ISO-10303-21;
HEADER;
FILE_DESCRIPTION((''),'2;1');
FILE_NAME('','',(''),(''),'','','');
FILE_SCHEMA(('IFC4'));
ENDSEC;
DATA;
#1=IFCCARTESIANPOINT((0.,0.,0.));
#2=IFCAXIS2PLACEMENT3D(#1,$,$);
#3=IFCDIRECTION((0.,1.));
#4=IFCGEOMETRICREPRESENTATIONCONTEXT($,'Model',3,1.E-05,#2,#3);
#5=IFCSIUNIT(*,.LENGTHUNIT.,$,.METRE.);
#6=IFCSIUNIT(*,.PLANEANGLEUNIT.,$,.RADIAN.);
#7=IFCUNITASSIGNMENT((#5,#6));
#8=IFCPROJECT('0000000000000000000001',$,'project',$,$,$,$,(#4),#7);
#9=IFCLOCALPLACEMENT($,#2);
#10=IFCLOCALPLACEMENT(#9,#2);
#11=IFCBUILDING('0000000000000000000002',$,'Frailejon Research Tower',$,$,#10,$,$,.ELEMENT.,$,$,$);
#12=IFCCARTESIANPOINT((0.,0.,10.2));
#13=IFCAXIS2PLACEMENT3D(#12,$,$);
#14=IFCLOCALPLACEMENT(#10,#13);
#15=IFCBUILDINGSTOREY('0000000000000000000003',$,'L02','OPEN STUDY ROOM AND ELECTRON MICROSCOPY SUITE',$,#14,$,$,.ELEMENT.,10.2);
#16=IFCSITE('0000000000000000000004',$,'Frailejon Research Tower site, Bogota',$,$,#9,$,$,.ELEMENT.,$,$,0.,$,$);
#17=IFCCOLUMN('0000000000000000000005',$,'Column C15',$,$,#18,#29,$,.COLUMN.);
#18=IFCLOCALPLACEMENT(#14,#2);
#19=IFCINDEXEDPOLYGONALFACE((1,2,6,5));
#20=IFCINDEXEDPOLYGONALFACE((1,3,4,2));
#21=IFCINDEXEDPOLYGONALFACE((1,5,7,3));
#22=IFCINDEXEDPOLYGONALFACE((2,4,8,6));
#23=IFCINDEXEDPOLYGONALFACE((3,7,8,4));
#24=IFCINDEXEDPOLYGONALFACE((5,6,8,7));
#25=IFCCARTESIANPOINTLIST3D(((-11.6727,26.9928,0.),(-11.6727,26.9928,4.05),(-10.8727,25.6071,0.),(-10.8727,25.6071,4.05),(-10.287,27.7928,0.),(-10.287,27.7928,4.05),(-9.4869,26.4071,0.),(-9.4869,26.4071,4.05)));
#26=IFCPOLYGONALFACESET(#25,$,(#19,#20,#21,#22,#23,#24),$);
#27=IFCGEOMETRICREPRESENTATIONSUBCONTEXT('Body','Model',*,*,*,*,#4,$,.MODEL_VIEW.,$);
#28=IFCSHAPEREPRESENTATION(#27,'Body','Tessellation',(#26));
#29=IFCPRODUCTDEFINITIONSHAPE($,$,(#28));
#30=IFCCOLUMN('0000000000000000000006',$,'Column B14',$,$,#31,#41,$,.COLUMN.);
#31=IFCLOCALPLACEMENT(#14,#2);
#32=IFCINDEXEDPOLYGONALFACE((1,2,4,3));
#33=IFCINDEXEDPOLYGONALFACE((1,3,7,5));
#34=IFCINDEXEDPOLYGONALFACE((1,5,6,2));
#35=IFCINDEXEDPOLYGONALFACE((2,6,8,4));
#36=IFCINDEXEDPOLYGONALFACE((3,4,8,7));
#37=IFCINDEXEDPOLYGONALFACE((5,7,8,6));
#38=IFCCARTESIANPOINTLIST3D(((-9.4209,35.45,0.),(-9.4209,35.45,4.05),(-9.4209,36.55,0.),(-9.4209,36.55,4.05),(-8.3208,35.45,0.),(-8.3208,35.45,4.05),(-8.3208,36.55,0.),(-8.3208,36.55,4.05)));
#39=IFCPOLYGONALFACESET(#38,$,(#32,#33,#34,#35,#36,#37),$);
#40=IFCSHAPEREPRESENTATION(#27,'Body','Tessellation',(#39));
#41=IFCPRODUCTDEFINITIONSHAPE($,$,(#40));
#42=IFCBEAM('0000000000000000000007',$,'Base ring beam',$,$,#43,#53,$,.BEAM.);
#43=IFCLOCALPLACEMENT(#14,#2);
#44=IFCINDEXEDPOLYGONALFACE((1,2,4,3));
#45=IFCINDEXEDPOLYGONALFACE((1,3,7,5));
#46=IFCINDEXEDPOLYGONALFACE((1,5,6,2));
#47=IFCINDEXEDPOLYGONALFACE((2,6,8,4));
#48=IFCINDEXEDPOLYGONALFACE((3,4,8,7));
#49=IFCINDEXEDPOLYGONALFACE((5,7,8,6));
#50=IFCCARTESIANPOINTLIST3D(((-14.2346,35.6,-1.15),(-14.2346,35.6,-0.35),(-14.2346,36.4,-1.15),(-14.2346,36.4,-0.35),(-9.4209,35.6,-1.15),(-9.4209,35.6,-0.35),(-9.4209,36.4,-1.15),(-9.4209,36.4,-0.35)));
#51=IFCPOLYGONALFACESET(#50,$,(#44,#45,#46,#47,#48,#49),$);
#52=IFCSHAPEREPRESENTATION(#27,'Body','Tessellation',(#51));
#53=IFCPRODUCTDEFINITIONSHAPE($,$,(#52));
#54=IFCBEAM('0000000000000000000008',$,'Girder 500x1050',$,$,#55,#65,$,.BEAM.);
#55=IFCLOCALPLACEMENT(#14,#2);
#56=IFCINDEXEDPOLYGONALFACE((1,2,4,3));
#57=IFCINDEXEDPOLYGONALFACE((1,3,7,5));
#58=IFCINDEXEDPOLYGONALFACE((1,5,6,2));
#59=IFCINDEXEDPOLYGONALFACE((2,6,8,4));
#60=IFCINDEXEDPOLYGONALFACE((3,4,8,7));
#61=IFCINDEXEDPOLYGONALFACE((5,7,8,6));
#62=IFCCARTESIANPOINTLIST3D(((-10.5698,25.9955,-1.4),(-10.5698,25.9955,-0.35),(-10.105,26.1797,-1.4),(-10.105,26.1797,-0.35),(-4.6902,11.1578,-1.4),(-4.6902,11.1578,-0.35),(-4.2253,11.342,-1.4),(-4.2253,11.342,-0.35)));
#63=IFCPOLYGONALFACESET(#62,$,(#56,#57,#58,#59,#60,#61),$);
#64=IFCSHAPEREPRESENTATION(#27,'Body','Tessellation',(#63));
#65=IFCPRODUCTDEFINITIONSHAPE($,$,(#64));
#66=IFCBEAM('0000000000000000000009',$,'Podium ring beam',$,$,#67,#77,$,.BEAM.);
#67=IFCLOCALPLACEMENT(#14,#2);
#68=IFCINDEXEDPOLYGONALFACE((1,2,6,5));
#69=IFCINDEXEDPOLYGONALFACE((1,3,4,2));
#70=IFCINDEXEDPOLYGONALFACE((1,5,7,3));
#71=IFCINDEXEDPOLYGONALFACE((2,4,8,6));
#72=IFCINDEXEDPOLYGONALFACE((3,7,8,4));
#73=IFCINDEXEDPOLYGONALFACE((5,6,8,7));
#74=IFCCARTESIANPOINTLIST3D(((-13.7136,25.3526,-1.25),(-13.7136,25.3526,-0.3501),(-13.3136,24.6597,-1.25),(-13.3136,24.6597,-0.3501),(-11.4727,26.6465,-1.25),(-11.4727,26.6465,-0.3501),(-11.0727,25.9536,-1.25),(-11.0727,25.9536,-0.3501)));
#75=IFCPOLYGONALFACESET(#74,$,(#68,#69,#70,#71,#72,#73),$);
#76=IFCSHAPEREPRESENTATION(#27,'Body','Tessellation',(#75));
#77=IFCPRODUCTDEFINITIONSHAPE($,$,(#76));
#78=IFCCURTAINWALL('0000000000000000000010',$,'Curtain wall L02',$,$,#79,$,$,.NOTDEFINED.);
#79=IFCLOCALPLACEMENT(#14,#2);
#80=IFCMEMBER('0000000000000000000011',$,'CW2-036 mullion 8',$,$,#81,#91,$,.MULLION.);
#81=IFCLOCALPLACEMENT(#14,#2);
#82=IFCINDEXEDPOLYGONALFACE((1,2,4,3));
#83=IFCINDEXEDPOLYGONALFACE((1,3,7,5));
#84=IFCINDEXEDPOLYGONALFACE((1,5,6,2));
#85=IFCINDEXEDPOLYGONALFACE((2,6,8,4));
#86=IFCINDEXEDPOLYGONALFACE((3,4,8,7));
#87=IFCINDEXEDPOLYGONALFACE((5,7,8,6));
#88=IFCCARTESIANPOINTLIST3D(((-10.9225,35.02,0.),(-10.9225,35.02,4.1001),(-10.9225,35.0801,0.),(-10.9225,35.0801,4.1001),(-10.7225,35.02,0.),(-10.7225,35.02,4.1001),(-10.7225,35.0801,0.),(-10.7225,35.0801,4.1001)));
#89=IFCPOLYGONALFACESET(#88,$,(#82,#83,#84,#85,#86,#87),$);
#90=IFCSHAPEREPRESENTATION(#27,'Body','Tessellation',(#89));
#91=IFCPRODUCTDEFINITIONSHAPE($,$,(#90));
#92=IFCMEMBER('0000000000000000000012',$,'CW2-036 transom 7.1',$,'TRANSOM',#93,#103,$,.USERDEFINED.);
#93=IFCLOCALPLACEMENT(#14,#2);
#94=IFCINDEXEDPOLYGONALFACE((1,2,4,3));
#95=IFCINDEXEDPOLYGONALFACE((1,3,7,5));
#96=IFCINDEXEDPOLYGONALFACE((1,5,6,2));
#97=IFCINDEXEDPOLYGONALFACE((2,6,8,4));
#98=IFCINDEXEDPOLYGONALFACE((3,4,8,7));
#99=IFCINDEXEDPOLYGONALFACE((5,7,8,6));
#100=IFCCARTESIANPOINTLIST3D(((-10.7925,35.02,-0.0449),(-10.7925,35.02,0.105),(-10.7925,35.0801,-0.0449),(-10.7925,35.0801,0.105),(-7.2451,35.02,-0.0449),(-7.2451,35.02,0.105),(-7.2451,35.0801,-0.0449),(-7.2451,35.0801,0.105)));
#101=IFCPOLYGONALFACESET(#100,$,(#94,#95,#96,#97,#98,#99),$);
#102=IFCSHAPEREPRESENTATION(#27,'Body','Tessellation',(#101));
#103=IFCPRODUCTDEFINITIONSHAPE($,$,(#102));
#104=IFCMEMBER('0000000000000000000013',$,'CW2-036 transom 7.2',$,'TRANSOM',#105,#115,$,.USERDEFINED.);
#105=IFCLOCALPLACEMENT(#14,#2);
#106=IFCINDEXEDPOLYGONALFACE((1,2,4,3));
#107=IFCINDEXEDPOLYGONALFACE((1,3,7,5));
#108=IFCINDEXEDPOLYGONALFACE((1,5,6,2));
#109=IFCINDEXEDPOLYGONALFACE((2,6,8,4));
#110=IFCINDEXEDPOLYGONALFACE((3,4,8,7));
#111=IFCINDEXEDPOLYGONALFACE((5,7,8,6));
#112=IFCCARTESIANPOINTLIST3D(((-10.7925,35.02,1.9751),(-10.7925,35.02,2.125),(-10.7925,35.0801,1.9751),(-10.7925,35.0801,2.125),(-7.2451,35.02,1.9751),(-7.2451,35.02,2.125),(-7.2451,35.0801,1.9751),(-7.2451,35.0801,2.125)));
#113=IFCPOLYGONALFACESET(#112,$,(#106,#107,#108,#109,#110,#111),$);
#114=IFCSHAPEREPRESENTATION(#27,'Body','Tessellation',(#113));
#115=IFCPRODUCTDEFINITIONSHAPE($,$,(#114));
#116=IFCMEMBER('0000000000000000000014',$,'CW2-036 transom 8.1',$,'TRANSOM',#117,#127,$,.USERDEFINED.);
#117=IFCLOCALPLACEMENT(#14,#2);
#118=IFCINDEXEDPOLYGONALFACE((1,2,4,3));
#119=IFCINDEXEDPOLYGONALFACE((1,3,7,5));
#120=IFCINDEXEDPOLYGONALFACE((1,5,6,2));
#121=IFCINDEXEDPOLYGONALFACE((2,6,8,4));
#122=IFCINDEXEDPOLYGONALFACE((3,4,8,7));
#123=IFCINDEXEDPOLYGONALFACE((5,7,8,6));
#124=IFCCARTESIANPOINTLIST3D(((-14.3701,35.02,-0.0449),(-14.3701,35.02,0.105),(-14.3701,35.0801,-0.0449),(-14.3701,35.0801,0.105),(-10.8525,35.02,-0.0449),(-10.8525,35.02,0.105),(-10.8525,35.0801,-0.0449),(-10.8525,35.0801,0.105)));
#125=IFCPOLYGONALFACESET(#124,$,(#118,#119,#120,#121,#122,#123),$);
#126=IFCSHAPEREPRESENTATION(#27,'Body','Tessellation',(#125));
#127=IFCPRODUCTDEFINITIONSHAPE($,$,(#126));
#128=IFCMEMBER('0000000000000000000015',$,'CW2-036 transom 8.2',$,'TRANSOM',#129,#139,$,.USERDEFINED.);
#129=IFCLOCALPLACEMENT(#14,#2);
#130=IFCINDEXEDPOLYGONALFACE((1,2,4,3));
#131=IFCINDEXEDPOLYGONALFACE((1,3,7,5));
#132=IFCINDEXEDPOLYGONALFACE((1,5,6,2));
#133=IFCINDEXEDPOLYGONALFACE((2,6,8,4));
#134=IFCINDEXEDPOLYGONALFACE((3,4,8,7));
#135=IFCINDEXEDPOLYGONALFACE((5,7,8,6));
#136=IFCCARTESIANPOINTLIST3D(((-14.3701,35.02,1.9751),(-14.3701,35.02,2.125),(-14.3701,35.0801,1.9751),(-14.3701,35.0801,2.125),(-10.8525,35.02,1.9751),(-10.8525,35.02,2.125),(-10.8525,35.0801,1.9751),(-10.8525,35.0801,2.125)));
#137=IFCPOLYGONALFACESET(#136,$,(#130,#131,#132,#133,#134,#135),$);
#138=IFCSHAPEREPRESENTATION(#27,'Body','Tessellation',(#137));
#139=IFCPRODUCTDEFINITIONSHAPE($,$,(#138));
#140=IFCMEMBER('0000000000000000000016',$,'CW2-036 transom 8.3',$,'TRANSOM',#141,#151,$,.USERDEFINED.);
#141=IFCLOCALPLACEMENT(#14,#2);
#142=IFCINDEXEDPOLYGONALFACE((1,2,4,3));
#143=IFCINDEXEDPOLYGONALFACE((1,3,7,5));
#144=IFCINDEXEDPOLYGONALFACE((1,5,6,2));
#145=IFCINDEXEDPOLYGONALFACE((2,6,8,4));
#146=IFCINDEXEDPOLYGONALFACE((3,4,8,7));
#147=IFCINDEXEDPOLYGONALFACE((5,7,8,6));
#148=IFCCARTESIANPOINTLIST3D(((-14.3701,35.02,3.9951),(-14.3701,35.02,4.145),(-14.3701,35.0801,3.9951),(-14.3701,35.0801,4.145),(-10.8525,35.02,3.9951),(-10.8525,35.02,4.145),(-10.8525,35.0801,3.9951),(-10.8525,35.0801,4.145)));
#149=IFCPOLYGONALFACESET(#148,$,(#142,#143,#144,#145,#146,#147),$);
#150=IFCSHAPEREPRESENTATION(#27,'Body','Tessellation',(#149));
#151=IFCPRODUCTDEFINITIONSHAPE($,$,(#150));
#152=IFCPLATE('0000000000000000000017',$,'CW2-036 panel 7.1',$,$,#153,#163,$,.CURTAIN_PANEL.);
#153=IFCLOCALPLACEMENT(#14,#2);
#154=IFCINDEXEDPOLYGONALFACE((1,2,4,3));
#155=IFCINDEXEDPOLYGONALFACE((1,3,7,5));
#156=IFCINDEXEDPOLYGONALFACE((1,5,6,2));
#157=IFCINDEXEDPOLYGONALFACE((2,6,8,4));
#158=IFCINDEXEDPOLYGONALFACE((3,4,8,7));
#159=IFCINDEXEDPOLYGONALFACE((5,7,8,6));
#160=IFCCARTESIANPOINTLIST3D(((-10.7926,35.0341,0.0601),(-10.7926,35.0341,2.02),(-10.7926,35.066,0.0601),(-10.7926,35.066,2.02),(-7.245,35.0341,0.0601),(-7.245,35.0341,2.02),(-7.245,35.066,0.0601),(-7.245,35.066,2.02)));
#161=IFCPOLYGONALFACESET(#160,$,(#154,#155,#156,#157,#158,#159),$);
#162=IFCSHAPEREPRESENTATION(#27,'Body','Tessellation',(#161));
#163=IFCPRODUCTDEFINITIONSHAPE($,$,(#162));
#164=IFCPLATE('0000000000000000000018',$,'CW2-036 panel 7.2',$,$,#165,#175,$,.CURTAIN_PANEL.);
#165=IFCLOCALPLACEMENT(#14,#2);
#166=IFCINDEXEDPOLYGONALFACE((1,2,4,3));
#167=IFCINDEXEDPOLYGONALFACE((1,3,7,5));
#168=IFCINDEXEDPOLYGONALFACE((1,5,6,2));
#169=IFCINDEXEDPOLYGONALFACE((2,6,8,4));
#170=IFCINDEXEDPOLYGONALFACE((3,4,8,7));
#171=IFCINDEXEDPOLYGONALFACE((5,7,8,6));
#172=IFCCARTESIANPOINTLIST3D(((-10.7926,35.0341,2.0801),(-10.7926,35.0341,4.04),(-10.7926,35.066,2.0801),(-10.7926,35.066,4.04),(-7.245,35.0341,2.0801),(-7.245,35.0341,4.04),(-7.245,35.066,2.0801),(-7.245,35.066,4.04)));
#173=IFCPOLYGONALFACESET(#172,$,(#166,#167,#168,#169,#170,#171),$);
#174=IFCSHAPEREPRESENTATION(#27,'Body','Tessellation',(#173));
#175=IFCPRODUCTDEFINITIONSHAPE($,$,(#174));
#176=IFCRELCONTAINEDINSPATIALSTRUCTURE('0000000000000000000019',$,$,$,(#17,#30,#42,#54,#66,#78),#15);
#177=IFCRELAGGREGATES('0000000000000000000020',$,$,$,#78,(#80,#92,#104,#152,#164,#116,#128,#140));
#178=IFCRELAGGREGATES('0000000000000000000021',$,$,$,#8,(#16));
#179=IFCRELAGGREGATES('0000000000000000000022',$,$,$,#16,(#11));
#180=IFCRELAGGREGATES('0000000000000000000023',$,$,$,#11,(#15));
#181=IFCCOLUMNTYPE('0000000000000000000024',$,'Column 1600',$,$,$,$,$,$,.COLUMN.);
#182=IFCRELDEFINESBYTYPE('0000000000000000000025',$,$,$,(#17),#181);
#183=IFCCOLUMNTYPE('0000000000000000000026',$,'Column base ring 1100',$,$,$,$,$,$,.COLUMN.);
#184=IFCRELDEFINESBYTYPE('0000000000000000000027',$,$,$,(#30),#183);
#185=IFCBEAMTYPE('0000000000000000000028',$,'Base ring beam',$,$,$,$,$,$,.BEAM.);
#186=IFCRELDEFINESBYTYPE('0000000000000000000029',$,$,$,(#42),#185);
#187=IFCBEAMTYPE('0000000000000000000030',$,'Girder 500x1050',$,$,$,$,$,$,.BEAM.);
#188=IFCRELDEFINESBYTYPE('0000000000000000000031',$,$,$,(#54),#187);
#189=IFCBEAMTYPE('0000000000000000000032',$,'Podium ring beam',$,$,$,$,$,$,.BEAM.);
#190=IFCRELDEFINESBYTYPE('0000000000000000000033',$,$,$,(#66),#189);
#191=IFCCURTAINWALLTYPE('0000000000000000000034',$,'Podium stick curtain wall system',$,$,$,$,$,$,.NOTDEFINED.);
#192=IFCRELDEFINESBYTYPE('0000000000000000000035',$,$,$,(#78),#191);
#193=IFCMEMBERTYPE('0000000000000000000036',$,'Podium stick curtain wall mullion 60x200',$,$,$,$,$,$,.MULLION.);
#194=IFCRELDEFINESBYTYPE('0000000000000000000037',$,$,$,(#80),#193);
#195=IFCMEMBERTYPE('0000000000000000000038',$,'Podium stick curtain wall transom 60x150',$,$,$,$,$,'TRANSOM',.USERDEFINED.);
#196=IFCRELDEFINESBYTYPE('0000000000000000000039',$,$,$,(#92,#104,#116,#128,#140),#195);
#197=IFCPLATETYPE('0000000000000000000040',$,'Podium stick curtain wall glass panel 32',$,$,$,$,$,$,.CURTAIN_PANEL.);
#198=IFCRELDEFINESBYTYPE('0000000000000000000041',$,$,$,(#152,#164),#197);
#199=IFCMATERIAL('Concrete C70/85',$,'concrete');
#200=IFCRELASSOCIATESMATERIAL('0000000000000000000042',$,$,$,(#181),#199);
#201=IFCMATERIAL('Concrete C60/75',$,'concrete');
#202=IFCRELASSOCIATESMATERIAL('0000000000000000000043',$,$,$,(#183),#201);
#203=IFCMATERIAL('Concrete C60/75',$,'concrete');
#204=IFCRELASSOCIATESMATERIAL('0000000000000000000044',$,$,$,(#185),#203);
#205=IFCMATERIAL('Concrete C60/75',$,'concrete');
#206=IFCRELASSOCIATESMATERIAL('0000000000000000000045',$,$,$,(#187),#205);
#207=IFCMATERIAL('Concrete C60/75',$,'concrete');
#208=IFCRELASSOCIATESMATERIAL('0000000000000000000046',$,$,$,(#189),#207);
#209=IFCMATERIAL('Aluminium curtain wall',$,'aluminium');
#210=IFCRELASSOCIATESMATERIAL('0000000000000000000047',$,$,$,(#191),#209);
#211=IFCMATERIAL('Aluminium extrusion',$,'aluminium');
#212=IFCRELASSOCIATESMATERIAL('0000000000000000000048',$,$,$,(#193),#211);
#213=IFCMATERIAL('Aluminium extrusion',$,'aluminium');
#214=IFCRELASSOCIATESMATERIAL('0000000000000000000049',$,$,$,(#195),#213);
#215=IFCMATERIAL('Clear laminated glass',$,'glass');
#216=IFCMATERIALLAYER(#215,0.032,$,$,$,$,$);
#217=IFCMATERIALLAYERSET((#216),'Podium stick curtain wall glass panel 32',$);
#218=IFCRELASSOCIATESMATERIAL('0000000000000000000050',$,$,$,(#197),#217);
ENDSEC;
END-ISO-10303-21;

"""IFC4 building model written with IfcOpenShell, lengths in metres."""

from ifc_helpers import new_model, si_unit, direction, frame, origin, origin_2d, place, context, subcontext, project, spatial, rectangle, extrude, material, layer, layer_set, material_profile, profile_set, type_object, element, aggregate, save


model = new_model("IFC4")

# Units and contexts
model_context = context("Model", 3, precision=1e-05, world=origin(), true_north=direction((0.0, 1.0)))
body_context = subcontext(model_context, "Body", "Model", "MODEL_VIEW")
ifc_project = project(units=[si_unit("LENGTHUNIT", "METRE"), si_unit("PLANEANGLEUNIT", "RADIAN")], contexts=[model_context])

# Site, building, storey
site_placement = place(None, origin())
site = spatial("IfcSite", under=ifc_project, at=site_placement, Name="Frailejon Research Tower site, Bogota", CompositionType="ELEMENT", RefElevation=0.0)
building_placement = place(site_placement, origin())
building = spatial("IfcBuilding", under=site, at=building_placement, Name="Frailejon Research Tower", CompositionType="ELEMENT")
storey_placement = place(building_placement, frame((0.0, 0.0, 10.2)))
storey = spatial("IfcBuildingStorey", under=building, at=storey_placement, Name="L02", Description="OPEN STUDY ROOM AND ELECTRON MICROSCOPY SUITE", CompositionType="ELEMENT", Elevation=10.2)

# Columns
ifc_material_1 = material(Name="Concrete C70/85", Category="concrete")
ifc_material_profile_1 = material_profile(ifc_material_1, rectangle(XDim=1.6001, YDim=1.6001, at=origin_2d()), Name="Column 1600")
ifc_profile_set_1 = profile_set([ifc_material_profile_1], Name="Concrete C70/85")
column_type_1 = type_object("IfcColumnType", Name="Column 1600", PredefinedType="COLUMN", material=ifc_profile_set_1)
column_1_placement = place(storey_placement, frame((-10.5798, 26.7, 0.0), z_axis=(0.0, 0.0, 1.0), x_axis=(-0.866025, -0.5, 0.0)))
element("IfcColumn", 1, at=column_1_placement, inside=storey, type_object=column_type_1, Name="Column C15", PredefinedType="COLUMN", context=body_context, shape_type="SweptSolid", body=[
    extrude(rectangle(XDim=1.6001, YDim=1.6001, at=origin_2d()), origin(), (0.0, 0.0, 1.0), 4.05),
])
ifc_material_2 = material(Name="Concrete C60/75", Category="concrete")
ifc_material_profile_2 = material_profile(ifc_material_2, rectangle(XDim=1.1001, YDim=1.1001, at=origin_2d()), Name="Column base ring 1100")
ifc_profile_set_2 = profile_set([ifc_material_profile_2], Name="Concrete C60/75")
column_type_2 = type_object("IfcColumnType", Name="Column base ring 1100", PredefinedType="COLUMN", material=ifc_profile_set_2)
column_2_placement = place(storey_placement, frame((-8.8708, 36.0, 0.0), z_axis=(0.0, 0.0, 1.0), x_axis=(-1.0, 0.0, 0.0)))
element("IfcColumn", 2, at=column_2_placement, inside=storey, type_object=column_type_2, Name="Column B14", PredefinedType="COLUMN", context=body_context, shape_type="SweptSolid", body=[
    extrude(rectangle(XDim=1.1001, YDim=1.1001, at=origin_2d()), origin(), (0.0, 0.0, 1.0), 4.05),
])

# Beams
ifc_material_3 = material(Name="Concrete C60/75", Category="concrete")
ifc_material_profile_3 = material_profile(ifc_material_3, rectangle(XDim=0.8, YDim=0.8, at=origin_2d()), Name="Base ring beam")
ifc_profile_set_3 = profile_set([ifc_material_profile_3], Name="Concrete C60/75")
beam_type_1 = type_object("IfcBeamType", Name="Base ring beam", PredefinedType="BEAM", material=ifc_profile_set_3)
beam_1_placement = place(storey_placement, frame((-9.4209, 36.0, -0.75), z_axis=(-1.0, 0.0, 0.0), x_axis=(0.0, -1.0, 0.0)))
element("IfcBeam", 3, at=beam_1_placement, inside=storey, type_object=beam_type_1, Name="Base ring beam", PredefinedType="BEAM", context=body_context, shape_type="SweptSolid", body=[
    extrude(rectangle(XDim=0.8, YDim=0.8, at=origin_2d()), origin(), (0.0, 0.0, 1.0), 4.8137),
])
ifc_material_4 = material(Name="Concrete C60/75", Category="concrete")
ifc_material_profile_4 = material_profile(ifc_material_4, rectangle(XDim=0.5, YDim=1.05, at=origin_2d()), Name="Girder 500x1050")
ifc_profile_set_4 = profile_set([ifc_material_profile_4], Name="Concrete C60/75")
beam_type_2 = type_object("IfcBeamType", Name="Girder 500x1050", PredefinedType="BEAM", material=ifc_profile_set_4)
beam_2_placement = place(storey_placement, frame((-10.3374, 26.0876, -0.875), z_axis=(0.368395, -0.929669, 0.0), x_axis=(0.929669, 0.368395, 0.0)))
element("IfcBeam", 4, at=beam_2_placement, inside=storey, type_object=beam_type_2, Name="Girder 500x1050", PredefinedType="BEAM", context=body_context, shape_type="SweptSolid", body=[
    extrude(rectangle(XDim=0.5, YDim=1.05, at=origin_2d()), origin(), (0.0, 0.0, 1.0), 15.9602),
])
ifc_material_5 = material(Name="Concrete C60/75", Category="concrete")
ifc_material_profile_5 = material_profile(ifc_material_5, rectangle(XDim=0.8, YDim=0.8999, at=origin_2d()), Name="Podium ring beam")
ifc_profile_set_5 = profile_set([ifc_material_profile_5], Name="Concrete C60/75")
beam_type_3 = type_object("IfcBeamType", Name="Podium ring beam", PredefinedType="BEAM", material=ifc_profile_set_5)
beam_3_placement = place(storey_placement, frame((-11.2727, 26.3, -0.8), z_axis=(-0.866005, -0.500036, 0.0), x_axis=(0.500036, -0.866005, 0.0)))
element("IfcBeam", 5, at=beam_3_placement, inside=storey, type_object=beam_type_3, Name="Podium ring beam", PredefinedType="BEAM", context=body_context, shape_type="SweptSolid", body=[
    extrude(rectangle(XDim=0.8, YDim=0.8999, at=origin_2d()), origin(), (0.0, 0.0, 1.0), 2.5876),
])

# Curtain wall, members, plates
ifc_material_6 = material(Name="Aluminium curtain wall", Category="aluminium")
curtain_wall_type = type_object("IfcCurtainWallType", Name="Podium stick curtain wall system", PredefinedType="NOTDEFINED", material=ifc_material_6)
curtain_wall_placement = place(storey_placement, origin())
curtain_wall = element("IfcCurtainWall", 6, at=curtain_wall_placement, inside=storey, type_object=curtain_wall_type, Name="Curtain wall L02", PredefinedType="NOTDEFINED")
ifc_material_7 = material(Name="Aluminium extrusion", Category="aluminium")
ifc_material_profile_6 = material_profile(ifc_material_7, rectangle(XDim=0.0601, YDim=0.2, at=origin_2d()), Name="Podium stick curtain wall mullion 60x200")
ifc_profile_set_6 = profile_set([ifc_material_profile_6], Name="Aluminium extrusion")
member_type_1 = type_object("IfcMemberType", Name="Podium stick curtain wall mullion 60x200", PredefinedType="MULLION", material=ifc_profile_set_6)
member_1_placement = place(storey_placement, frame((-10.8225, 35.05, 0.0), z_axis=(0.0, 0.0, 1.0), x_axis=(0.0, -1.0, 0.0)))
member_1 = element("IfcMember", 7, at=member_1_placement, type_object=member_type_1, Name="CW2-036 mullion 8", PredefinedType="MULLION", context=body_context, shape_type="SweptSolid", body=[
    extrude(rectangle(XDim=0.0601, YDim=0.2, at=origin_2d()), origin(), (0.0, 0.0, 1.0), 4.1001),
])
ifc_material_8 = material(Name="Aluminium extrusion", Category="aluminium")
ifc_material_profile_7 = material_profile(ifc_material_8, rectangle(XDim=0.0601, YDim=0.1499, at=origin_2d()), Name="Podium stick curtain wall transom 60x150")
ifc_profile_set_7 = profile_set([ifc_material_profile_7], Name="Aluminium extrusion")
member_type_2 = type_object("IfcMemberType", Name="Podium stick curtain wall transom 60x150", ElementType="TRANSOM", PredefinedType="USERDEFINED", material=ifc_profile_set_7)
member_2_placement = place(storey_placement, frame((-7.2451, 35.05, 0.03), z_axis=(-1.0, 0.0, 0.0), x_axis=(0.0, -1.0, 0.0)))
member_2 = element("IfcMember", 8, at=member_2_placement, type_object=member_type_2, Name="CW2-036 transom 7.1", ObjectType="TRANSOM", PredefinedType="USERDEFINED", context=body_context, shape_type="SweptSolid", body=[
    extrude(rectangle(XDim=0.0601, YDim=0.1499, at=origin_2d()), origin(), (0.0, 0.0, 1.0), 3.5474),
])
member_3_placement = place(storey_placement, frame((-7.2451, 35.05, 2.05), z_axis=(-1.0, 0.0, 0.0), x_axis=(0.0, -1.0, 0.0)))
member_3 = element("IfcMember", 9, at=member_3_placement, type_object=member_type_2, Name="CW2-036 transom 7.2", ObjectType="TRANSOM", PredefinedType="USERDEFINED", context=body_context, shape_type="SweptSolid", body=[
    extrude(rectangle(XDim=0.0601, YDim=0.1499, at=origin_2d()), origin(), (0.0, 0.0, 1.0), 3.5474),
])
member_4_placement = place(storey_placement, frame((-10.8525, 35.05, 0.03), z_axis=(-1.0, 0.0, 0.0), x_axis=(0.0, -1.0, 0.0)))
member_4 = element("IfcMember", 10, at=member_4_placement, type_object=member_type_2, Name="CW2-036 transom 8.1", ObjectType="TRANSOM", PredefinedType="USERDEFINED", context=body_context, shape_type="SweptSolid", body=[
    extrude(rectangle(XDim=0.0601, YDim=0.1499, at=origin_2d()), origin(), (0.0, 0.0, 1.0), 3.5176),
])
member_5_placement = place(storey_placement, frame((-10.8525, 35.05, 2.05), z_axis=(-1.0, 0.0, 0.0), x_axis=(0.0, -1.0, 0.0)))
member_5 = element("IfcMember", 11, at=member_5_placement, type_object=member_type_2, Name="CW2-036 transom 8.2", ObjectType="TRANSOM", PredefinedType="USERDEFINED", context=body_context, shape_type="SweptSolid", body=[
    extrude(rectangle(XDim=0.0601, YDim=0.1499, at=origin_2d()), origin(), (0.0, 0.0, 1.0), 3.5176),
])
member_6_placement = place(storey_placement, frame((-10.8525, 35.05, 4.0701), z_axis=(-1.0, 0.0, 0.0), x_axis=(0.0, -1.0, 0.0)))
member_6 = element("IfcMember", 12, at=member_6_placement, type_object=member_type_2, Name="CW2-036 transom 8.3", ObjectType="TRANSOM", PredefinedType="USERDEFINED", context=body_context, shape_type="SweptSolid", body=[
    extrude(rectangle(XDim=0.0601, YDim=0.1499, at=origin_2d()), origin(), (0.0, 0.0, 1.0), 3.5176),
])
ifc_material_9 = material(Name="Clear laminated glass", Category="glass")
ifc_layer_1 = layer(ifc_material_9, 0.032)
ifc_layer_set_1 = layer_set([ifc_layer_1], Name="Podium stick curtain wall glass panel 32")
plate_type = type_object("IfcPlateType", Name="Podium stick curtain wall glass panel 32", PredefinedType="CURTAIN_PANEL", material=ifc_layer_set_1)
plate_1_placement = place(storey_placement, frame((-9.0188, 35.05, 0.0601), z_axis=(0.0, 0.0, 1.0), x_axis=(-1.0, 0.0, 0.0)))
plate_1 = element("IfcPlate", 13, at=plate_1_placement, type_object=plate_type, Name="CW2-036 panel 7.1", PredefinedType="CURTAIN_PANEL", context=body_context, shape_type="SweptSolid", body=[
    extrude(rectangle(XDim=3.5476, YDim=0.032, at=origin_2d()), origin(), (0.0, 0.0, 1.0), 1.96),
])
plate_2_placement = place(storey_placement, frame((-9.0188, 35.05, 2.0801), z_axis=(0.0, 0.0, 1.0), x_axis=(-1.0, 0.0, 0.0)))
plate_2 = element("IfcPlate", 14, at=plate_2_placement, type_object=plate_type, Name="CW2-036 panel 7.2", PredefinedType="CURTAIN_PANEL", context=body_context, shape_type="SweptSolid", body=[
    extrude(rectangle(XDim=3.5476, YDim=0.032, at=origin_2d()), origin(), (0.0, 0.0, 1.0), 1.96),
])
aggregate(curtain_wall, [member_1, member_2, member_3, plate_1, plate_2, member_4, member_5, member_6])

save(model, "model.ifc")
